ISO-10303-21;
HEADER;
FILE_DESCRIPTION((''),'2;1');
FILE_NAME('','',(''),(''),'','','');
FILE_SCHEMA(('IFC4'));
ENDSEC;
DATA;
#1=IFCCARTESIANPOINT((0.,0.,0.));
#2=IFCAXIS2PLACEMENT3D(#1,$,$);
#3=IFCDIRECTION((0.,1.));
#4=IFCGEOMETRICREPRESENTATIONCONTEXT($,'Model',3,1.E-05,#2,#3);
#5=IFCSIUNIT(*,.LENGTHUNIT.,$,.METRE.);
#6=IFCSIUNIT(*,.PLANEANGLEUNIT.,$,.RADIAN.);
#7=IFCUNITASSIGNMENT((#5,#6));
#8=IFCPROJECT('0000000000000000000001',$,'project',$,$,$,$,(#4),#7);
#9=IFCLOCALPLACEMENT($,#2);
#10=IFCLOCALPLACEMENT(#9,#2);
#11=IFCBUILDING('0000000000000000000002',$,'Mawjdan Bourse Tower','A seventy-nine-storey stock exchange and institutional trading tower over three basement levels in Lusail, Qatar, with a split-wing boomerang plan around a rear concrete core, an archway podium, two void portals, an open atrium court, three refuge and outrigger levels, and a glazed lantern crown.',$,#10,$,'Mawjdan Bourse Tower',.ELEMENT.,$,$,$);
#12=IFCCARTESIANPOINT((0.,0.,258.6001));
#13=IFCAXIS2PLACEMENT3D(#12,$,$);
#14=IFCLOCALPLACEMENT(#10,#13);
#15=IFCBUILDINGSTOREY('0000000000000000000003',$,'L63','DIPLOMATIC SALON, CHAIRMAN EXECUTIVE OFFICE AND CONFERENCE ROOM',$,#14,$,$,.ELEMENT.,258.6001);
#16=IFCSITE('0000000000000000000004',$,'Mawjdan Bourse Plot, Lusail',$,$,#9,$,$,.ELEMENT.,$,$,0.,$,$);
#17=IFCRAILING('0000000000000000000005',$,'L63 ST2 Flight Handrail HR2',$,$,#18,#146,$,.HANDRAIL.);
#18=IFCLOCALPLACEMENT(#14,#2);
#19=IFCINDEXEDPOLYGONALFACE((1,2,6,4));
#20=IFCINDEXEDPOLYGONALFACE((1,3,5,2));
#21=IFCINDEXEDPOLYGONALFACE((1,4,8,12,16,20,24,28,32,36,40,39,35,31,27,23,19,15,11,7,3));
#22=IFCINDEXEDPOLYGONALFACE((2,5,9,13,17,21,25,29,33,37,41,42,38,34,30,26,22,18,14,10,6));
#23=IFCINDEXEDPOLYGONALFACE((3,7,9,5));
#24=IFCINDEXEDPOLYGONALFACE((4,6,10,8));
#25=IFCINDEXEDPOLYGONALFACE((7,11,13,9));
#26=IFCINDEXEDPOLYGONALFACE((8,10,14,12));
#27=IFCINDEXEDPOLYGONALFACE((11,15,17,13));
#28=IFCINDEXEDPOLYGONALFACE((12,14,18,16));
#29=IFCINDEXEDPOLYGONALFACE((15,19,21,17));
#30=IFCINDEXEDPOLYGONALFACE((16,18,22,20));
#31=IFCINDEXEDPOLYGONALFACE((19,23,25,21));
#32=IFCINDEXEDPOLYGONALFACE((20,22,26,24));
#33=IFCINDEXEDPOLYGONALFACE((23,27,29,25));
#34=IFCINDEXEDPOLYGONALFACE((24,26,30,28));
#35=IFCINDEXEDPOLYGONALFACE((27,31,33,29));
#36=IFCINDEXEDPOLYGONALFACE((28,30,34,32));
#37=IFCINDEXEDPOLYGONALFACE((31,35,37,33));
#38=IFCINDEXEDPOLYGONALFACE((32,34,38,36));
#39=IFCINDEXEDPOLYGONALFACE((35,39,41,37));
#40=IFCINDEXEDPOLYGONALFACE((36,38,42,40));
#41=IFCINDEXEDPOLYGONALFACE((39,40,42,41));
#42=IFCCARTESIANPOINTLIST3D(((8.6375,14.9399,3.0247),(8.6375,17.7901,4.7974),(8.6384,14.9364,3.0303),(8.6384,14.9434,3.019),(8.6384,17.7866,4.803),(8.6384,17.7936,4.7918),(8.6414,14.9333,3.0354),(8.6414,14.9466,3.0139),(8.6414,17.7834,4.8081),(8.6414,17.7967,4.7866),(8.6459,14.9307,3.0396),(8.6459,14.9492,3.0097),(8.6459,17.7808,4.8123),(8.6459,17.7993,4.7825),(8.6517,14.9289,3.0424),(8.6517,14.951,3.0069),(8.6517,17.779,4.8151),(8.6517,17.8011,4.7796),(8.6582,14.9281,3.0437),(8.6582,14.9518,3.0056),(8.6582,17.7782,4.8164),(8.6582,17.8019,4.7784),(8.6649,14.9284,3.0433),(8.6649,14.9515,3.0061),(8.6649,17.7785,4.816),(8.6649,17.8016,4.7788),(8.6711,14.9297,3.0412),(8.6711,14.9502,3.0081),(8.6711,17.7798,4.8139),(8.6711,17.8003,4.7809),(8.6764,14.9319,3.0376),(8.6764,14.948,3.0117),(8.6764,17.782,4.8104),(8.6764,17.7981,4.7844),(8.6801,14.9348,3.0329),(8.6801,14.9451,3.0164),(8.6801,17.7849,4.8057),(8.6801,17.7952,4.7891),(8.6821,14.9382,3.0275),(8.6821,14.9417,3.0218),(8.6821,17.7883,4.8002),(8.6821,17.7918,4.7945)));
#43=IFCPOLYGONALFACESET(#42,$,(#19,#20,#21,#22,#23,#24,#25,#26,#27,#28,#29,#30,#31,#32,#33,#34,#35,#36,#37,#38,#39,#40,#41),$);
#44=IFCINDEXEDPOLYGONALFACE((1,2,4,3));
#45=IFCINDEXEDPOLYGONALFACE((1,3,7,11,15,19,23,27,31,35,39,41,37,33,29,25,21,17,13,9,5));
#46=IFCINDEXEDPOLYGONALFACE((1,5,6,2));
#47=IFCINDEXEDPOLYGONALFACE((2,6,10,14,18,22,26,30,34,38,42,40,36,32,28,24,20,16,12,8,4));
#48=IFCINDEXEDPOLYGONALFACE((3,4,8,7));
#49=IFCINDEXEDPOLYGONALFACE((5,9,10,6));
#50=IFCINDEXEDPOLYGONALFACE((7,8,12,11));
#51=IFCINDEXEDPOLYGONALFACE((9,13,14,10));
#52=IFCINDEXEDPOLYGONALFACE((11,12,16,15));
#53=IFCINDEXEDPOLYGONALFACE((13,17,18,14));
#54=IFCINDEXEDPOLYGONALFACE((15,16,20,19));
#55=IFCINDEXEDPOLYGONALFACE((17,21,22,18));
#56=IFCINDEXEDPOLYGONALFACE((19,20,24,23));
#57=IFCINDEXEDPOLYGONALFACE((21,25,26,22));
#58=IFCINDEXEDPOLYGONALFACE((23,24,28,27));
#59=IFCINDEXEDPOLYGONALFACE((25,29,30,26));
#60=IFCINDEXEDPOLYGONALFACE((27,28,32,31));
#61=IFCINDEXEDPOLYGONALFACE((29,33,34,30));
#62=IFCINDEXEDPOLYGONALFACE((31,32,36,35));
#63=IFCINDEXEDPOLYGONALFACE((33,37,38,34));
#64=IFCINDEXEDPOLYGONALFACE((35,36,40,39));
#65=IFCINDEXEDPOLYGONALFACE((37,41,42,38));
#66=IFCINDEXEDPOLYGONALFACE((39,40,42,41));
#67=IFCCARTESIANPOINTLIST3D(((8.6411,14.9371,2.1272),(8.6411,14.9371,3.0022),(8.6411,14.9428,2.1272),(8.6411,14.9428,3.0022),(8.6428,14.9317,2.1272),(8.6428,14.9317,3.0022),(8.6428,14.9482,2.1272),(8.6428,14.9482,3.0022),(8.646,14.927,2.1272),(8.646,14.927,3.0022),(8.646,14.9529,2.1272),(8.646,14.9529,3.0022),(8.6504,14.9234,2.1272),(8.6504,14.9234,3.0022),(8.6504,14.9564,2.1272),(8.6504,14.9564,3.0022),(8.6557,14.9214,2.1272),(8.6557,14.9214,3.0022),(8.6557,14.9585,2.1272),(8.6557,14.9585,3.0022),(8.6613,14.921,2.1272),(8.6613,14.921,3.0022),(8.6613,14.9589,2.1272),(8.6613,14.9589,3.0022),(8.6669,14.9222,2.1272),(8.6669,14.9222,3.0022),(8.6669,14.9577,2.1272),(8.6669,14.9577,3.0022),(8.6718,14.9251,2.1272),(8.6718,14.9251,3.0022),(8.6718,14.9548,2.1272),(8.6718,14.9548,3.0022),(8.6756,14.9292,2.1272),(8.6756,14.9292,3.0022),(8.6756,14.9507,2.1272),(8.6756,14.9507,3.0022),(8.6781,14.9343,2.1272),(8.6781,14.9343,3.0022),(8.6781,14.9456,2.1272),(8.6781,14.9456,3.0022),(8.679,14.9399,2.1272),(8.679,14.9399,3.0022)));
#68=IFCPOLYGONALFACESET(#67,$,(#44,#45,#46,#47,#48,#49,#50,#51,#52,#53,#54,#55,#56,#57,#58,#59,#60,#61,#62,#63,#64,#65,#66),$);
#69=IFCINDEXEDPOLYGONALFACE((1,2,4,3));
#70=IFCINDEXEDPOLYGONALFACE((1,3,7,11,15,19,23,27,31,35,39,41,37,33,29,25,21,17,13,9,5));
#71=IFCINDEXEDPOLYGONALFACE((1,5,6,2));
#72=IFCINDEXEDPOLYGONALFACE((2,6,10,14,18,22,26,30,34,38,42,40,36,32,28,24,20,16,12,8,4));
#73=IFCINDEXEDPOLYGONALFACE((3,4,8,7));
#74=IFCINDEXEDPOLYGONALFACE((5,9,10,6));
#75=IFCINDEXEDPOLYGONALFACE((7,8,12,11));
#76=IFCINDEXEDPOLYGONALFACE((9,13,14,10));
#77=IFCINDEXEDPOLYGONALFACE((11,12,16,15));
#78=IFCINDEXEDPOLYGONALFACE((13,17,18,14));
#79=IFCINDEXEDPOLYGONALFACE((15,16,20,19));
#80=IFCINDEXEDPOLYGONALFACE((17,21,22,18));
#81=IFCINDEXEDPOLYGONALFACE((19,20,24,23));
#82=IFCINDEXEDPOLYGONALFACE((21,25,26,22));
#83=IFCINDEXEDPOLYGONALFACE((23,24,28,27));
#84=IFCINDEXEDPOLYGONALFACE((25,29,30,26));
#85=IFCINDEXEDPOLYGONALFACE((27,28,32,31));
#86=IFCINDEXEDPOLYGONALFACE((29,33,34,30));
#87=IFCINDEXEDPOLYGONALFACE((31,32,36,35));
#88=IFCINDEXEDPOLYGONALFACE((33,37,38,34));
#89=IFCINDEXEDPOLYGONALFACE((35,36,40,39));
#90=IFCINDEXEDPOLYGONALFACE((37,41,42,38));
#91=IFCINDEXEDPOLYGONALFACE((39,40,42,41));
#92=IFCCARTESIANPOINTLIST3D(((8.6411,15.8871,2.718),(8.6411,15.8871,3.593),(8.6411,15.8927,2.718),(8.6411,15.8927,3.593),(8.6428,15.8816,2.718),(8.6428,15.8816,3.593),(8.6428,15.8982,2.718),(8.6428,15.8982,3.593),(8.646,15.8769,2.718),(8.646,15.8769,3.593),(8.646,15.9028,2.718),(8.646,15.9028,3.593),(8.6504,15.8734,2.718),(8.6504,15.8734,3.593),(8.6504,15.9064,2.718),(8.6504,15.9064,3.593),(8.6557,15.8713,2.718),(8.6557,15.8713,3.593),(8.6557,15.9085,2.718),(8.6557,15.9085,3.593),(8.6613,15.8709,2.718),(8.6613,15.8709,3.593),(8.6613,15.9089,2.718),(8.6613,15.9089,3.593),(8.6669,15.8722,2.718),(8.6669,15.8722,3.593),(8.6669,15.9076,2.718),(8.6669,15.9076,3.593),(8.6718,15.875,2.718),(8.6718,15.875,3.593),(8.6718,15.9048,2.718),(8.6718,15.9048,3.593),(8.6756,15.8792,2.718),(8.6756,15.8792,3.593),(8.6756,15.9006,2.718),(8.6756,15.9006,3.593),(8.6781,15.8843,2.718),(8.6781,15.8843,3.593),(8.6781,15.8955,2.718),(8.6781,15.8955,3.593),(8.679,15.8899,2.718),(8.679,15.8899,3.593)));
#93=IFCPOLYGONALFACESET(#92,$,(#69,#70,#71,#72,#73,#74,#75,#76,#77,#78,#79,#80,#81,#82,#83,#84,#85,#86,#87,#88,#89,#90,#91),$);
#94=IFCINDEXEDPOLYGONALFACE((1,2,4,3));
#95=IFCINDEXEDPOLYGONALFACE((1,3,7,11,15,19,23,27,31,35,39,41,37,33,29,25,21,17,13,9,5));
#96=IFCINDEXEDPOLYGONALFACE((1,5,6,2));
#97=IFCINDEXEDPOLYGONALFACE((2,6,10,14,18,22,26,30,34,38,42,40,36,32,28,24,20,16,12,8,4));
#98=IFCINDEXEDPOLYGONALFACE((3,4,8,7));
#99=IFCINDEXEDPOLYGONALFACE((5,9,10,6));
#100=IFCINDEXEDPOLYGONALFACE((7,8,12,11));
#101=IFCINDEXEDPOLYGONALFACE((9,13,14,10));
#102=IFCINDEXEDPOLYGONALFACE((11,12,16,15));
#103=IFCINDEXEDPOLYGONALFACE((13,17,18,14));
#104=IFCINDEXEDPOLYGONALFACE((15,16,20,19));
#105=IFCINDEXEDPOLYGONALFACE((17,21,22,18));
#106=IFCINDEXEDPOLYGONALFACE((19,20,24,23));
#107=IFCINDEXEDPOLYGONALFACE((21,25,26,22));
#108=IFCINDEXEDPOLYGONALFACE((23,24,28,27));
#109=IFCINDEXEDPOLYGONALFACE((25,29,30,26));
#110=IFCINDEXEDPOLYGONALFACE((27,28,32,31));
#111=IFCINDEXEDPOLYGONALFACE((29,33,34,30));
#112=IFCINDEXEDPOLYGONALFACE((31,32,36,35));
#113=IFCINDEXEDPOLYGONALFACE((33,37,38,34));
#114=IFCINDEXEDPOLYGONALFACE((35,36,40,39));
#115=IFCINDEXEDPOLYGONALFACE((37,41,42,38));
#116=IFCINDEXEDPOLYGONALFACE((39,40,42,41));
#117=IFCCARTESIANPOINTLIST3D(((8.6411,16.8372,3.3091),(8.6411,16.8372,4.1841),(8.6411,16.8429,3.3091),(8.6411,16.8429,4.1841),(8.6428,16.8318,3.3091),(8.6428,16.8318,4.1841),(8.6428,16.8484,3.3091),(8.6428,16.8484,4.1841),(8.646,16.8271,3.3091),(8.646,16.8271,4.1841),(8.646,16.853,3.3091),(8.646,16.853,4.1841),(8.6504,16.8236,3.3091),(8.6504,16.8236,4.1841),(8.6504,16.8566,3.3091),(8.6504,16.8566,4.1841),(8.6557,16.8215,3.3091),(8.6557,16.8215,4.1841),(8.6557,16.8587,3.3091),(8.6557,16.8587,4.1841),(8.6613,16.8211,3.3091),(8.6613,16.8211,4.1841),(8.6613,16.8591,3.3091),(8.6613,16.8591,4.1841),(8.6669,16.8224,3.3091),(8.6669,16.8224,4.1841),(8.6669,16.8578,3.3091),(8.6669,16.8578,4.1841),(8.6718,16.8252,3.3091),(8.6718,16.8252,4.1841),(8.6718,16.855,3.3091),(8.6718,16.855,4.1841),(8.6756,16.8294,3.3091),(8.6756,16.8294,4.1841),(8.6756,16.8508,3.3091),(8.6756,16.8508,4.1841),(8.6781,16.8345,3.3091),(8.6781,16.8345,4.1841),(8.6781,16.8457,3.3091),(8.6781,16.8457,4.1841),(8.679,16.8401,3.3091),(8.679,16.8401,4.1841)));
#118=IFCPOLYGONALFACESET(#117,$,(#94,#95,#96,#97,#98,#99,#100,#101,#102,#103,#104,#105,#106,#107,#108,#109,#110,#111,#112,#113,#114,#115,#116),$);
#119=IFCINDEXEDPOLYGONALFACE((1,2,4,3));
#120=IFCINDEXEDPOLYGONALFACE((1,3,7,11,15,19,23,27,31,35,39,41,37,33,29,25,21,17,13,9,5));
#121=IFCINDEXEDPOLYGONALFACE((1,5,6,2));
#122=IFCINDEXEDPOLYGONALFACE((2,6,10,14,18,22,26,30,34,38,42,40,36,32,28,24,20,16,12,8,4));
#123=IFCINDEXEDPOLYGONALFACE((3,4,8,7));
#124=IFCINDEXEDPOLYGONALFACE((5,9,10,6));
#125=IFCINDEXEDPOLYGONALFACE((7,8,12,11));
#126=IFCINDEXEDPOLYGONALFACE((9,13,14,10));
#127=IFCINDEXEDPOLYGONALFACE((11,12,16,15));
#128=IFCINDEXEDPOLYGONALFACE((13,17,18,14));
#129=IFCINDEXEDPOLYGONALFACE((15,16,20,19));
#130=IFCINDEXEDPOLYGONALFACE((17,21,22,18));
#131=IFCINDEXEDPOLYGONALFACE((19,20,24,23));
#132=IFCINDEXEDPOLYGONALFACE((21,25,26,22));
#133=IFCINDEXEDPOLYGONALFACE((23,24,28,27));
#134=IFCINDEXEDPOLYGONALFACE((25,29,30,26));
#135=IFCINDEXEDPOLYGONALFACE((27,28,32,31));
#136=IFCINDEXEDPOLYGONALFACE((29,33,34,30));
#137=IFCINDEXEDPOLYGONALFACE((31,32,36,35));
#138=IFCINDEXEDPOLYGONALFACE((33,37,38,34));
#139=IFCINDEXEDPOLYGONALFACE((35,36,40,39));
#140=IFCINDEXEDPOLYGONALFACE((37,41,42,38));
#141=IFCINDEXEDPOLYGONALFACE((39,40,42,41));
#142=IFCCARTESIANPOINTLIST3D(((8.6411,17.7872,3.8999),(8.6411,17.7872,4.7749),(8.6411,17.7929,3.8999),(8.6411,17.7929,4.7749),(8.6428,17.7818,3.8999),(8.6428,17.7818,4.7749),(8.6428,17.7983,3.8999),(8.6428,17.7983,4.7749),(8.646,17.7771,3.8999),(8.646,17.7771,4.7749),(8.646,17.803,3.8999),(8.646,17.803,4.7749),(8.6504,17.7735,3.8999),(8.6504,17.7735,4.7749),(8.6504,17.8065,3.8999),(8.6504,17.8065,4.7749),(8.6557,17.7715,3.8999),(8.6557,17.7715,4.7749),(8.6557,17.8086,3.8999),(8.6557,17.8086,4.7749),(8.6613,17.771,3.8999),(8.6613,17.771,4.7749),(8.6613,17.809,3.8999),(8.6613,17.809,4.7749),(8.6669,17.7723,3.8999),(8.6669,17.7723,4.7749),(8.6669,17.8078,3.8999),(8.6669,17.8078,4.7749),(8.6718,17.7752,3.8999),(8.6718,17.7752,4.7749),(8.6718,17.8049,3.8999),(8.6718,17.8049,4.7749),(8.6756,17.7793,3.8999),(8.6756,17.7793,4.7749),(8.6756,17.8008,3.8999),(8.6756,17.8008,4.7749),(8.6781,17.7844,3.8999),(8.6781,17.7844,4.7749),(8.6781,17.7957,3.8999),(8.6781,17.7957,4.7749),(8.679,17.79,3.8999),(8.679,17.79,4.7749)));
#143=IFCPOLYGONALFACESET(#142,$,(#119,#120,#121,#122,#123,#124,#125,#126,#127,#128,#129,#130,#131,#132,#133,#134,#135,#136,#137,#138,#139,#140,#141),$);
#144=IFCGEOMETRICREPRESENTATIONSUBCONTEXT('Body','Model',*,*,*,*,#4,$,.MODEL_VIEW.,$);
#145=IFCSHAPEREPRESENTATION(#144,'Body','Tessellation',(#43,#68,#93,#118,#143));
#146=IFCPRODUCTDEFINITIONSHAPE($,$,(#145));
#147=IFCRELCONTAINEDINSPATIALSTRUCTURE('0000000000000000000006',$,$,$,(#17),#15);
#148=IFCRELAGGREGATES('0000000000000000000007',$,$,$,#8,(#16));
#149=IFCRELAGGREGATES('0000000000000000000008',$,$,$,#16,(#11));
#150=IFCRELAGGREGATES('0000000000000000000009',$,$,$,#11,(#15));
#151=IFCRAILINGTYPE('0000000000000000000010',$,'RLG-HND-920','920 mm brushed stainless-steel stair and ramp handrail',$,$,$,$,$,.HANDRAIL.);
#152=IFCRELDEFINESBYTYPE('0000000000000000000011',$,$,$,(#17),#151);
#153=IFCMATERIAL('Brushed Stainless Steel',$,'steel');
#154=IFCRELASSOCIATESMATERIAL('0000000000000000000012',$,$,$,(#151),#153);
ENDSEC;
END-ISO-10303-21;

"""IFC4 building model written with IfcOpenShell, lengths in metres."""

from ifc_helpers import new_model, si_unit, direction, frame, origin, origin_2d, place, context, subcontext, project, spatial, circle, extrude, material, type_object, element, save


model = new_model("IFC4")

# Units and contexts
model_context = context("Model", 3, precision=1e-05, world=origin(), true_north=direction((0.0, 1.0)))
body_context = subcontext(model_context, "Body", "Model", "MODEL_VIEW")
ifc_project = project(units=[si_unit("LENGTHUNIT", "METRE"), si_unit("PLANEANGLEUNIT", "RADIAN")], contexts=[model_context])

# Site, building, storey
site_placement = place(None, origin())
site = spatial("IfcSite", under=ifc_project, at=site_placement, Name="Mawjdan Bourse Plot, Lusail", CompositionType="ELEMENT", RefElevation=0.0)
building_placement = place(site_placement, origin())
building = spatial("IfcBuilding", under=site, at=building_placement, Name="Mawjdan Bourse Tower", Description="A seventy-nine-storey stock exchange and institutional trading tower over three basement levels in Lusail, Qatar, with a split-wing boomerang plan around a rear concrete core, an archway podium, two void portals, an open atrium court, three refuge and outrigger levels, and a glazed lantern crown.", LongName="Mawjdan Bourse Tower", CompositionType="ELEMENT")
storey_placement = place(building_placement, frame((0.0, 0.0, 258.6001)))
storey = spatial("IfcBuildingStorey", under=building, at=storey_placement, Name="L63", Description="DIPLOMATIC SALON, CHAIRMAN EXECUTIVE OFFICE AND CONFERENCE ROOM", CompositionType="ELEMENT", Elevation=258.6001)

# Railing
ifc_material_1 = material(Name="Brushed Stainless Steel", Category="steel")
railing_type_1 = type_object("IfcRailingType", Name="RLG-HND-920", Description="920 mm brushed stainless-steel stair and ramp handrail", PredefinedType="HANDRAIL", material=ifc_material_1)
railing_placement = place(storey_placement, frame((8.6599, 14.9399, 2.1272)))
element("IfcRailing", 1, at=railing_placement, inside=storey, type_object=railing_type_1, Name="L63 ST2 Flight Handrail HR2", PredefinedType="HANDRAIL", context=body_context, shape_type="SweptSolid", body=[
    extrude(circle(Radius=0.0225, at=origin_2d()), frame((0.0, 0.0, 0.8975), z_axis=(0.0, 0.849149, 0.528154), x_axis=(-1.0, 0.0, 0.0)), (0.0, 0.0, 1.0), 3.3564),
    extrude(circle(Radius=0.019, at=origin_2d()), origin(), (0.0, 0.0, 1.0), 0.875),
    extrude(circle(Radius=0.019, at=origin_2d()), frame((0.0, 0.95, 0.5908)), (0.0, 0.0, 1.0), 0.875),
    extrude(circle(Radius=0.019, at=origin_2d()), frame((0.0, 1.9001, 1.1819)), (0.0, 0.0, 1.0), 0.875),
    extrude(circle(Radius=0.019, at=origin_2d()), frame((0.0, 2.8501, 1.7727)), (0.0, 0.0, 1.0), 0.875),
])

save(model, "model.ifc")
